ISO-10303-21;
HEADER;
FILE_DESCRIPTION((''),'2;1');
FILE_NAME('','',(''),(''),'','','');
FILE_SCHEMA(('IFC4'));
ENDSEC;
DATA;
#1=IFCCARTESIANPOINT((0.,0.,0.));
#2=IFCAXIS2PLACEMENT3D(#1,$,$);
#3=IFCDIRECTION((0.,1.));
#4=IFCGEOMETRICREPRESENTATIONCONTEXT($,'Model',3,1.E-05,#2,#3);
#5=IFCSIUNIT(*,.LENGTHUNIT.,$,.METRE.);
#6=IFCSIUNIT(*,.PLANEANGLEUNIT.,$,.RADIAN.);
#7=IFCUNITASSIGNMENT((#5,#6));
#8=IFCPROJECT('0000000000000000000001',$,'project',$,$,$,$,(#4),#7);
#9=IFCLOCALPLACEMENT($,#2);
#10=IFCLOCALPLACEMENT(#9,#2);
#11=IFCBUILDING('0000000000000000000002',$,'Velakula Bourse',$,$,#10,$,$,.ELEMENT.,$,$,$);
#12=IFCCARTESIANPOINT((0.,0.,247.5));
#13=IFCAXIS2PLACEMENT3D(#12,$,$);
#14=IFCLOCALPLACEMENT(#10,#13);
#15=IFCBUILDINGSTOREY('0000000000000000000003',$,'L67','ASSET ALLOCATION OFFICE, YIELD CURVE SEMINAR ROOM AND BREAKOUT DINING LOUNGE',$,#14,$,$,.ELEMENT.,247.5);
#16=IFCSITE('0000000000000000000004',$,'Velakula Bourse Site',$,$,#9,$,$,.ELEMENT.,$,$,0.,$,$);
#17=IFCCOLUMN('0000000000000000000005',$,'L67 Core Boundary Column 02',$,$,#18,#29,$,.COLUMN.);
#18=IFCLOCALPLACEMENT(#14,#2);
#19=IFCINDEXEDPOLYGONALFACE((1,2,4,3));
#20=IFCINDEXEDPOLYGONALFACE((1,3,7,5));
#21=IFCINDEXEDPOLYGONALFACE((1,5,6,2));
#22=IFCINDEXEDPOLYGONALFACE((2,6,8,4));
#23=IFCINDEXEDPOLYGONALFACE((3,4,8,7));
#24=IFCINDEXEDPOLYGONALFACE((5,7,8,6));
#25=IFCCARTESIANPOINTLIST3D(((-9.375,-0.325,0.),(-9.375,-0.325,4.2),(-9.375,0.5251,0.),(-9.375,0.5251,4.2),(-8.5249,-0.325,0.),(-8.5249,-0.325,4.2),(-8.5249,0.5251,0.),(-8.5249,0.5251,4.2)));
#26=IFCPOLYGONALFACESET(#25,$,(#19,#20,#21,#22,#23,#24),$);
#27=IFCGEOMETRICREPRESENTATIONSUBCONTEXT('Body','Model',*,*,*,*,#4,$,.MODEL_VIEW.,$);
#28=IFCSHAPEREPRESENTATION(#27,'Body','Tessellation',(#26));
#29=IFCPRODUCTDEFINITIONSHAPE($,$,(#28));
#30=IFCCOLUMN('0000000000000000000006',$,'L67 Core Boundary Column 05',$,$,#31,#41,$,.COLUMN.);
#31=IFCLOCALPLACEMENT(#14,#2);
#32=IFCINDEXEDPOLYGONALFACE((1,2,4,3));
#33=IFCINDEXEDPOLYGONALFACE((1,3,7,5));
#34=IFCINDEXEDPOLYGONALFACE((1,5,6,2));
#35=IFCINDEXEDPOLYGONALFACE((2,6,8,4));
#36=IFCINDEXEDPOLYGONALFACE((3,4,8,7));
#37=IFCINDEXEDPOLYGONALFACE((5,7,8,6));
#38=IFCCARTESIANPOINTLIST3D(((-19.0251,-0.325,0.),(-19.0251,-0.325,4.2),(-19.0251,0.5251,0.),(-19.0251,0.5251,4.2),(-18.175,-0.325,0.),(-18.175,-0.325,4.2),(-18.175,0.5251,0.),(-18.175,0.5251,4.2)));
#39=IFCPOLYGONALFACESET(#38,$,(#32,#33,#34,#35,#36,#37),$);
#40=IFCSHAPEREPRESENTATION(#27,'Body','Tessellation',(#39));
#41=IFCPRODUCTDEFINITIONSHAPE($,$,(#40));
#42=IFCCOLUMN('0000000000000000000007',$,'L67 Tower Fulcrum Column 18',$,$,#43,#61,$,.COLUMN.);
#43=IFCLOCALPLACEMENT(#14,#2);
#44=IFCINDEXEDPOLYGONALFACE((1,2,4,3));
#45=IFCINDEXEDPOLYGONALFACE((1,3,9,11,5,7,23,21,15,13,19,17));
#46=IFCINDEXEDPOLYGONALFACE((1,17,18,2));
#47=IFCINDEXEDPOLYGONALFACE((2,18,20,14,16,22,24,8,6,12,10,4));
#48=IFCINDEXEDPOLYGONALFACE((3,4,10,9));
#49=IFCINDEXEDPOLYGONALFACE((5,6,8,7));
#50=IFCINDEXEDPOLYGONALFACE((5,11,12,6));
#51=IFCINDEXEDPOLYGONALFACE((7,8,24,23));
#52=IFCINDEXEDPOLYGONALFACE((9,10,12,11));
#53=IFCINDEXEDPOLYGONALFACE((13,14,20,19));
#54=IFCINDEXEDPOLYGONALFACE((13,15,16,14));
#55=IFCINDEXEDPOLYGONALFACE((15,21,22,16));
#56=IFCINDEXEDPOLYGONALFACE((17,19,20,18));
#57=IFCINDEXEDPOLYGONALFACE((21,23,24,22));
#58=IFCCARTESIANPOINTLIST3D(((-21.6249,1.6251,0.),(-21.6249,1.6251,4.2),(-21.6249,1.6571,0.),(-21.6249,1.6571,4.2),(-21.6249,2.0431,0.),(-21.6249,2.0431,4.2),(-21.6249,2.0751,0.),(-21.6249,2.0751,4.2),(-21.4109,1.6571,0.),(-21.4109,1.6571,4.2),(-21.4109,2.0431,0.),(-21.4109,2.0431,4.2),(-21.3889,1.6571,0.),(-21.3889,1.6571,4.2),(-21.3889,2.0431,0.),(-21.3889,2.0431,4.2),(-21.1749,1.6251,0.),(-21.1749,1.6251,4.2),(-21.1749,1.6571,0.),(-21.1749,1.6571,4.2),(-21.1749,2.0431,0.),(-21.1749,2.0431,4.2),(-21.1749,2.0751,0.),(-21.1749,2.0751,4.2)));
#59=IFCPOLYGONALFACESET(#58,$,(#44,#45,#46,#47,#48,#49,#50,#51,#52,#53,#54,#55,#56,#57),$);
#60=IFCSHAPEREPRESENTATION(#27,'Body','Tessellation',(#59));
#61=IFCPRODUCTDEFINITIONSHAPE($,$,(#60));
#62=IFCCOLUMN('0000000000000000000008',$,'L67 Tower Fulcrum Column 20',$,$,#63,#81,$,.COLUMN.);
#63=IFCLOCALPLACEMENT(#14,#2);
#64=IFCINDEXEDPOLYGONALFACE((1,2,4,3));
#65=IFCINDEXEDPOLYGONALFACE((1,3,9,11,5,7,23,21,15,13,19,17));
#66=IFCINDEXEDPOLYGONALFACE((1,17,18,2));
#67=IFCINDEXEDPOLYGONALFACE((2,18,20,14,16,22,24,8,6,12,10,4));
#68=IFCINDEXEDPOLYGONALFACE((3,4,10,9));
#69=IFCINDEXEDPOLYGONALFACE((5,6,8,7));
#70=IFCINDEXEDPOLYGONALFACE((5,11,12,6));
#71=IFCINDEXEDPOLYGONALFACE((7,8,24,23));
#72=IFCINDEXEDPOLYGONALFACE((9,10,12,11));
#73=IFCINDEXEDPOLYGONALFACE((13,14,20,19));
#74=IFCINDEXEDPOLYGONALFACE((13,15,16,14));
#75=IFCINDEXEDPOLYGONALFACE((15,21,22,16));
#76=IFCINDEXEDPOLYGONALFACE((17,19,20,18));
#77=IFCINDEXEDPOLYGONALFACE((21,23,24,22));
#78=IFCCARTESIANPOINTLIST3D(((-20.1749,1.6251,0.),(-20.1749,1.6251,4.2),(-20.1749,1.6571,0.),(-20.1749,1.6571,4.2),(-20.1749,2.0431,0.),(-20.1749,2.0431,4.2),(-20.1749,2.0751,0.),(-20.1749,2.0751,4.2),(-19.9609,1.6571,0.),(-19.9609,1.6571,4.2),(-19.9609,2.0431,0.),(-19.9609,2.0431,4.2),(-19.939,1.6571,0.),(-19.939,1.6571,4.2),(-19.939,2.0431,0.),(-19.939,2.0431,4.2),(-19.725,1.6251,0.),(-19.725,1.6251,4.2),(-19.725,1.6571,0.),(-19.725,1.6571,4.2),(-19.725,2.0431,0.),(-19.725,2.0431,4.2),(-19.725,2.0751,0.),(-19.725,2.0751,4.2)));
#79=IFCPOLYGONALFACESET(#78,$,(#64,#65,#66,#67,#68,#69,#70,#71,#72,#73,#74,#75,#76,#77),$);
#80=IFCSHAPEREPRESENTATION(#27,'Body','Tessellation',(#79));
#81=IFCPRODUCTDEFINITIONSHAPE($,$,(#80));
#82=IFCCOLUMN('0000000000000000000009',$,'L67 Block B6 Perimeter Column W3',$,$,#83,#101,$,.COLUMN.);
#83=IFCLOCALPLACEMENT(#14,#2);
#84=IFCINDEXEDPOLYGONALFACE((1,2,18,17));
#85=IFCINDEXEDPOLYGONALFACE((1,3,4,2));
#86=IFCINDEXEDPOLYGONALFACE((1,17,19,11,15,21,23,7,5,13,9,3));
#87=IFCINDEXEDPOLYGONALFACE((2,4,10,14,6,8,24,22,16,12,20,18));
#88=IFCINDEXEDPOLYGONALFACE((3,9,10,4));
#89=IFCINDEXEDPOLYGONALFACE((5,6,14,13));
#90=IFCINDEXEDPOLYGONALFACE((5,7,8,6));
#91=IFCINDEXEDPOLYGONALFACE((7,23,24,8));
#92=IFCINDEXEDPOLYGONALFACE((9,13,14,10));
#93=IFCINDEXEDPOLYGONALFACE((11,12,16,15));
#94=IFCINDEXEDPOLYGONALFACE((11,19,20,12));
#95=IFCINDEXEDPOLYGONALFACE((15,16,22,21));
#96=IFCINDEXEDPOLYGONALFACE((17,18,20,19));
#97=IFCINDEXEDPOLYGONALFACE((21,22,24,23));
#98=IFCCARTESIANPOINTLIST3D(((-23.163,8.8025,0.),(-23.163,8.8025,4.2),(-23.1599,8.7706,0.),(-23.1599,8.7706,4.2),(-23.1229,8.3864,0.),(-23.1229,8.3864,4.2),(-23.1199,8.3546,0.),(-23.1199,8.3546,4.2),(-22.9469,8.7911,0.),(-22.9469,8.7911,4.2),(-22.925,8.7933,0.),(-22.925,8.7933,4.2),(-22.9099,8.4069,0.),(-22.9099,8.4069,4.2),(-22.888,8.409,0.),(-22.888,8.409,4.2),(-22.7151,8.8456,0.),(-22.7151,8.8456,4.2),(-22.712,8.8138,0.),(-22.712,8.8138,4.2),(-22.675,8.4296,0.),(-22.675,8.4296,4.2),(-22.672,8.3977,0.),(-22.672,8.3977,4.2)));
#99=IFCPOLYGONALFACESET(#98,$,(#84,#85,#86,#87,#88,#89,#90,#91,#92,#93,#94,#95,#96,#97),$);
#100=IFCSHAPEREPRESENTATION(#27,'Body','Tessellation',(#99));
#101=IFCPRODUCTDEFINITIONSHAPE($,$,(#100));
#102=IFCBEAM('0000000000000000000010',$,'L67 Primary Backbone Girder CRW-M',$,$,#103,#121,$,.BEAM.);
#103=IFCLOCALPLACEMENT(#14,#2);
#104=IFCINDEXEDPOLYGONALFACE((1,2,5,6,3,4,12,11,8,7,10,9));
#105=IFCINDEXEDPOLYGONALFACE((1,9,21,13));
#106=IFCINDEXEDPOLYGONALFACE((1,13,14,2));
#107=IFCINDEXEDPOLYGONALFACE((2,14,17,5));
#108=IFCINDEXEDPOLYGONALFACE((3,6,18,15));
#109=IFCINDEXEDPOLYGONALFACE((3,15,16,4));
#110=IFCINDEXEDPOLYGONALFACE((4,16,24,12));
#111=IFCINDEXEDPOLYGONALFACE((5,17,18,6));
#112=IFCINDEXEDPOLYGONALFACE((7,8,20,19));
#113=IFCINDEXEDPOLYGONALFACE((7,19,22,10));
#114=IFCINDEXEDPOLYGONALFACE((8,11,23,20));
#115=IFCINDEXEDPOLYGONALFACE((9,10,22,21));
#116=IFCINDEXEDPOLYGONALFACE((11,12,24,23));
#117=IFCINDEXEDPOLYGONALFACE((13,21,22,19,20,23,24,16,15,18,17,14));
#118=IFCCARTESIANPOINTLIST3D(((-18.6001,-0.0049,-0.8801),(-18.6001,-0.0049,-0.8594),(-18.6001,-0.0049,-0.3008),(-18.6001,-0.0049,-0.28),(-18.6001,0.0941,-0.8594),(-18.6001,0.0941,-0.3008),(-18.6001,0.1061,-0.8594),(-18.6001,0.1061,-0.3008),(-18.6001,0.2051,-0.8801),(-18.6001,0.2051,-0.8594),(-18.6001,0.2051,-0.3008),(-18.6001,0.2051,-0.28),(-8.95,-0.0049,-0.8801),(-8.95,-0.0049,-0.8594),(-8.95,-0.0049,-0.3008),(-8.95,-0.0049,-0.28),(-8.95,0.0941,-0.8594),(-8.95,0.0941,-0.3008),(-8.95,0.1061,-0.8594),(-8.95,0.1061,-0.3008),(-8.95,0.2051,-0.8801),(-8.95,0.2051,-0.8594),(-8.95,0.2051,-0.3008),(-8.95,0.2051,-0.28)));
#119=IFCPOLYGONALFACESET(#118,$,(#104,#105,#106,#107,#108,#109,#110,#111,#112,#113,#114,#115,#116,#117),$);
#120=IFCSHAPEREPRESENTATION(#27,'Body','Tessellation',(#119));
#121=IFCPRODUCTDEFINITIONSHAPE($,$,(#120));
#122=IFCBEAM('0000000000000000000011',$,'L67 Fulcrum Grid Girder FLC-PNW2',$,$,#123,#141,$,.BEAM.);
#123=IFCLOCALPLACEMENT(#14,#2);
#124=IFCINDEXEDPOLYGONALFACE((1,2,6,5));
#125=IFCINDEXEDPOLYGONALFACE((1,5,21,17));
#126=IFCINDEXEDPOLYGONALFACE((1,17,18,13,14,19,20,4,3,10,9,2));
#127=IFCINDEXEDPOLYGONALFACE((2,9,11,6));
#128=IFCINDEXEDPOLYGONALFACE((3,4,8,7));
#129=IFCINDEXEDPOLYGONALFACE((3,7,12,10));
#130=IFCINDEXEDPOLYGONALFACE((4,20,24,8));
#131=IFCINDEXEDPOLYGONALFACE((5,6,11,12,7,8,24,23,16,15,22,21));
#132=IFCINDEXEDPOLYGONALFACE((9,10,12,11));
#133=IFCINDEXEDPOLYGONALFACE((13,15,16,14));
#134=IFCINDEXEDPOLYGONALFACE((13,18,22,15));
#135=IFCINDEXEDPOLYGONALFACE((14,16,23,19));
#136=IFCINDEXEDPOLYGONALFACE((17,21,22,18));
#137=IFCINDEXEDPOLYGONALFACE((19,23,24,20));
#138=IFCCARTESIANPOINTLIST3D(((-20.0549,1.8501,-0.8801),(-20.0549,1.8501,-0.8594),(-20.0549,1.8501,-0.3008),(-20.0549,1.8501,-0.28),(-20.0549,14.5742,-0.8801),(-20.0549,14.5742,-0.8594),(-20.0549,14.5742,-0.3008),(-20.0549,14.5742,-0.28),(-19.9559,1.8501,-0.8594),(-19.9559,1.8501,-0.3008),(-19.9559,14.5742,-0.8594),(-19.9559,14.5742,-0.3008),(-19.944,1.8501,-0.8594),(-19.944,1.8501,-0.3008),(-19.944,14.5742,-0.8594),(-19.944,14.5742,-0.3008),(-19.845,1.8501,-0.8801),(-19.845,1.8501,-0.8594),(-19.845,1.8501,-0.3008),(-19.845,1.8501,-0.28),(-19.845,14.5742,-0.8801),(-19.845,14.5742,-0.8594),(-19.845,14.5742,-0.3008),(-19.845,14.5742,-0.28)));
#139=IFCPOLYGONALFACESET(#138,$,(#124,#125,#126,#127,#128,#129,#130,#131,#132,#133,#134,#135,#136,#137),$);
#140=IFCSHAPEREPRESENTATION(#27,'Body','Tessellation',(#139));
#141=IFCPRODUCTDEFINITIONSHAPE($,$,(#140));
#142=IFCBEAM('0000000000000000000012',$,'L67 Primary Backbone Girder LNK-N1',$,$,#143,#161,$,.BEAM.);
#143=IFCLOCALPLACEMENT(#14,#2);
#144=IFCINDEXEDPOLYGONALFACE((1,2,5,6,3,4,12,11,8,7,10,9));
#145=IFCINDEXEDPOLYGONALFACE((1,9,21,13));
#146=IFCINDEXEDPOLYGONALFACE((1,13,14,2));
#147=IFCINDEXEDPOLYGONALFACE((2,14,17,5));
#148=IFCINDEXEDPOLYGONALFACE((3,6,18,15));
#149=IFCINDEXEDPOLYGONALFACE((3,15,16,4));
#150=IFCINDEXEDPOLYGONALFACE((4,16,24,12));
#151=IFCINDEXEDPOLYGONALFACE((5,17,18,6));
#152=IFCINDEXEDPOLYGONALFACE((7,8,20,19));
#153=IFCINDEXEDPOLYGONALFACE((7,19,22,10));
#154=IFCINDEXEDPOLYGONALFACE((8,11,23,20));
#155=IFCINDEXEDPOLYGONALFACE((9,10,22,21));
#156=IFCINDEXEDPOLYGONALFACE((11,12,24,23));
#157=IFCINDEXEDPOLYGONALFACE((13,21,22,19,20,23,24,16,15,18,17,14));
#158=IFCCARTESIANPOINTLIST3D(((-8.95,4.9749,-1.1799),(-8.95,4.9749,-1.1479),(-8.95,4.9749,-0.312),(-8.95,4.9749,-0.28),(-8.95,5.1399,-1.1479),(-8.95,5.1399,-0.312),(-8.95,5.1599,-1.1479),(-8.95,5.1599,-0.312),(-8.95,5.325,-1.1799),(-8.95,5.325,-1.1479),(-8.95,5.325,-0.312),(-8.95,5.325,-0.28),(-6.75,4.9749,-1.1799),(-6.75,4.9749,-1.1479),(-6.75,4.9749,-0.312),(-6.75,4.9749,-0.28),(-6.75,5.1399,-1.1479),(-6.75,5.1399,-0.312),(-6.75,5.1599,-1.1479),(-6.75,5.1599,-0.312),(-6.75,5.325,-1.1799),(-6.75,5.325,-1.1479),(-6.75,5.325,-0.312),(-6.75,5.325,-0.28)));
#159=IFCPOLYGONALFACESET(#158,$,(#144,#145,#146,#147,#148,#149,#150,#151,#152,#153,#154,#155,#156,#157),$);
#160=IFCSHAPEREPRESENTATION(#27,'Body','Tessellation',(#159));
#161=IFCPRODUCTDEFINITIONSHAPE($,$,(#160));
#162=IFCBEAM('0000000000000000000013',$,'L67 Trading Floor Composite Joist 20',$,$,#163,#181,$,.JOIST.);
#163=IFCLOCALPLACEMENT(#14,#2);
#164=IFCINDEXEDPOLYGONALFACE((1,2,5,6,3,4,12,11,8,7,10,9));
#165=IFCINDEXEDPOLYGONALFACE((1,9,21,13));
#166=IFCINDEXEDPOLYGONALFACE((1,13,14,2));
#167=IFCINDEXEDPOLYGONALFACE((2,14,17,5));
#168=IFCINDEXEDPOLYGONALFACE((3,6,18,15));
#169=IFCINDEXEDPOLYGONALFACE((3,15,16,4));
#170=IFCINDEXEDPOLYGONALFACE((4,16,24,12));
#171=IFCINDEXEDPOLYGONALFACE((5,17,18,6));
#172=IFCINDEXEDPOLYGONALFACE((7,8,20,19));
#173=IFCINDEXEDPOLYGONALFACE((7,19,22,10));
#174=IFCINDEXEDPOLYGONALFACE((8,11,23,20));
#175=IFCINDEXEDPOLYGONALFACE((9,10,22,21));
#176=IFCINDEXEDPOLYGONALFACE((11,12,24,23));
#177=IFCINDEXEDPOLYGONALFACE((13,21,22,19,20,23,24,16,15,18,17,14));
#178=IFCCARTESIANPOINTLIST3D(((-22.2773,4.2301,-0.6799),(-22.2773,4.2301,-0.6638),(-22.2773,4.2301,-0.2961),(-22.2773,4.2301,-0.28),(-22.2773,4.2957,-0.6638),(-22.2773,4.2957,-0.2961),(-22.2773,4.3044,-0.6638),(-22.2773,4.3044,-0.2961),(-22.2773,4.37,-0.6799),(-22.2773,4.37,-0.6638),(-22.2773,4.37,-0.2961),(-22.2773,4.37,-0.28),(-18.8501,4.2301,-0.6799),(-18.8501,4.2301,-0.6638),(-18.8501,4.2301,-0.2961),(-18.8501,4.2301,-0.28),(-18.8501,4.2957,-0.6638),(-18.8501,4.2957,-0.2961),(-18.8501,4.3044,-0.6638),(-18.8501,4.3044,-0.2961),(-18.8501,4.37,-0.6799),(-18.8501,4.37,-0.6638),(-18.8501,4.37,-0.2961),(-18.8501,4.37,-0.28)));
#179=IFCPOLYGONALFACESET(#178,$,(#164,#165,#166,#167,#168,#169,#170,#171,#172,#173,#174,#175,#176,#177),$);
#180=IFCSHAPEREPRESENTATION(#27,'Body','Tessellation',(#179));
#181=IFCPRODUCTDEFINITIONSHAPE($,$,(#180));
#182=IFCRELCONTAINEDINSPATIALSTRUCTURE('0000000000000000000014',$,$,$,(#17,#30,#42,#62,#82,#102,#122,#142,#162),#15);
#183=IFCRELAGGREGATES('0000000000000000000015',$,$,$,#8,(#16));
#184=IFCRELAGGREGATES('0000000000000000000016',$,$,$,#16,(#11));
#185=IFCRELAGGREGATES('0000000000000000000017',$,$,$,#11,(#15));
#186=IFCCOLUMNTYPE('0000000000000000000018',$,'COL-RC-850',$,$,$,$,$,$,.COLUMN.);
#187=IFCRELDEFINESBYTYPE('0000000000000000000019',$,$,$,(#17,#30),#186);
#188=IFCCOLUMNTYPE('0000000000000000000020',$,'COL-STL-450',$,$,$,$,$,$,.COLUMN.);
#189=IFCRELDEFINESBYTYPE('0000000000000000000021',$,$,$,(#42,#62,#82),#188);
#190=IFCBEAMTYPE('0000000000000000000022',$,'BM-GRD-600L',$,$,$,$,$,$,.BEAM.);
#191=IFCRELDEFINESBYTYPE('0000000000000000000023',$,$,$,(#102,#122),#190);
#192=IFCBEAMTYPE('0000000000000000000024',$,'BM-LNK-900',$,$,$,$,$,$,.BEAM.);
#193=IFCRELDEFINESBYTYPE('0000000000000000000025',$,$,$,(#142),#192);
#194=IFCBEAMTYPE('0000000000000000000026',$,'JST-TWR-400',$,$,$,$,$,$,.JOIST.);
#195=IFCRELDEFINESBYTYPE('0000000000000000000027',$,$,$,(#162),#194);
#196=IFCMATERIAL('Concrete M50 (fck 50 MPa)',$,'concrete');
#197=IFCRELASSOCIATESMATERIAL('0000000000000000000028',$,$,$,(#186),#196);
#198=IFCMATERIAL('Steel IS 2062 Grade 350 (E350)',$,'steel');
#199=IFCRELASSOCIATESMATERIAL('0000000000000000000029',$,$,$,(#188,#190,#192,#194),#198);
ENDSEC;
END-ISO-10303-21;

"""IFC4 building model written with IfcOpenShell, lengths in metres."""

from ifc_helpers import new_model, si_unit, direction, frame, origin, origin_2d, place, context, subcontext, project, spatial, rectangle, i_section, extrude, material, material_profile, profile_set, type_object, element, save


model = new_model("IFC4")

# Units and contexts
model_context = context("Model", 3, precision=1e-05, world=origin(), true_north=direction((0.0, 1.0)))
body_context = subcontext(model_context, "Body", "Model", "MODEL_VIEW")
ifc_project = project(units=[si_unit("LENGTHUNIT", "METRE"), si_unit("PLANEANGLEUNIT", "RADIAN")], contexts=[model_context])

# Site, building, storey
site_placement = place(None, origin())
site = spatial("IfcSite", under=ifc_project, at=site_placement, Name="Velakula Bourse Site", CompositionType="ELEMENT", RefElevation=0.0)
building_placement = place(site_placement, origin())
building = spatial("IfcBuilding", under=site, at=building_placement, Name="Velakula Bourse", CompositionType="ELEMENT")
storey_placement = place(building_placement, frame((0.0, 0.0, 247.5)))
storey = spatial("IfcBuildingStorey", under=building, at=storey_placement, Name="L67", Description="ASSET ALLOCATION OFFICE, YIELD CURVE SEMINAR ROOM AND BREAKOUT DINING LOUNGE", CompositionType="ELEMENT", Elevation=247.5)

# Columns
ifc_material_1 = material(Name="Concrete M50 (fck 50 MPa)", Category="concrete")
ifc_material_profile_1 = material_profile(ifc_material_1, rectangle(XDim=0.8501, YDim=0.8501, at=origin_2d()), Name="Concrete M50 (fck 50 MPa)")
ifc_profile_set_1 = profile_set([ifc_material_profile_1], Name="Concrete M50 (fck 50 MPa)")
column_type_1 = type_object("IfcColumnType", Name="COL-RC-850", PredefinedType="COLUMN", material=ifc_profile_set_1)
for number, where, z_axis, x_axis, name in (
    (1, (-8.95, 0.1001, 0.0), (0.0, 0.0, 1.0), (1.0, 0.0, 0.0), "L67 Core Boundary Column 02"),
    (2, (-18.6001, 0.1001, 0.0), (0.0, 0.0, 1.0), (1.0, 0.0, 0.0), "L67 Core Boundary Column 05"),
):
    element("IfcColumn", number, at=place(storey_placement, frame(where, z_axis=z_axis, x_axis=x_axis)), inside=storey, type_object=column_type_1, Name=name, PredefinedType="COLUMN", context=body_context, shape_type="SweptSolid", body=[
        extrude(rectangle(XDim=0.8501, YDim=0.8501, at=origin_2d()), origin(), (0.0, 0.0, 1.0), 4.2),
    ])
ifc_material_2 = material(Name="Steel IS 2062 Grade 350 (E350)", Category="steel")
ifc_material_profile_2 = material_profile(ifc_material_2, i_section(OverallWidth=0.45, OverallDepth=0.45, WebThickness=0.022, FlangeThickness=0.032, at=origin_2d()), Name="Steel IS 2062 Grade 350 (E350)")
ifc_profile_set_2 = profile_set([ifc_material_profile_2], Name="Steel IS 2062 Grade 350 (E350)")
column_type_2 = type_object("IfcColumnType", Name="COL-STL-450", PredefinedType="COLUMN", material=ifc_profile_set_2)
for number, where, z_axis, x_axis, name in (
    (3, (-21.3999, 1.8501, 0.0), (0.0, 0.0, 1.0), (1.0, 0.0, 0.0), "L67 Tower Fulcrum Column 18"),
    (4, (-19.95, 1.8501, 0.0), (0.0, 0.0, 1.0), (1.0, 0.0, 0.0), "L67 Tower Fulcrum Column 20"),
    (5, (-22.9175, 8.6001, 0.0), (0.0, 0.0, 1.0), (0.995396, 0.095846, 0.0), "L67 Block B6 Perimeter Column W3"),
):
    element("IfcColumn", number, at=place(storey_placement, frame(where, z_axis=z_axis, x_axis=x_axis)), inside=storey, type_object=column_type_2, Name=name, PredefinedType="COLUMN", context=body_context, shape_type="SweptSolid", body=[
        extrude(i_section(OverallWidth=0.45, OverallDepth=0.45, WebThickness=0.022, FlangeThickness=0.032, at=origin_2d()), origin(), (0.0, 0.0, 1.0), 4.2),
    ])

# Beams
ifc_material_profile_3 = material_profile(ifc_material_2, i_section(OverallWidth=0.21, OverallDepth=0.6001, WebThickness=0.012, FlangeThickness=0.0208, at=origin_2d()), Name="Steel IS 2062 Grade 350 (E350)")
ifc_profile_set_3 = profile_set([ifc_material_profile_3], Name="Steel IS 2062 Grade 350 (E350)")
beam_type_1 = type_object("IfcBeamType", Name="BM-GRD-600L", PredefinedType="BEAM", material=ifc_profile_set_3)
beam_1_placement = place(storey_placement, frame((-18.6001, 0.1001, -0.5801), z_axis=(1.0, 0.0, 0.0), x_axis=(0.0, 1.0, 0.0)))
element("IfcBeam", 6, at=beam_1_placement, inside=storey, type_object=beam_type_1, Name="L67 Primary Backbone Girder CRW-M", PredefinedType="BEAM", context=body_context, shape_type="SweptSolid", body=[
    extrude(i_section(OverallWidth=0.21, OverallDepth=0.6001, WebThickness=0.012, FlangeThickness=0.0208, at=origin_2d()), origin(), (0.0, 0.0, 1.0), 9.6501),
])
beam_2_placement = place(storey_placement, frame((-19.95, 1.8501, -0.5801), z_axis=(0.0, 1.0, 0.0), x_axis=(-1.0, 0.0, 0.0)))
element("IfcBeam", 7, at=beam_2_placement, inside=storey, type_object=beam_type_1, Name="L67 Fulcrum Grid Girder FLC-PNW2", PredefinedType="BEAM", context=body_context, shape_type="SweptSolid", body=[
    extrude(i_section(OverallWidth=0.21, OverallDepth=0.6001, WebThickness=0.012, FlangeThickness=0.0208, at=origin_2d()), origin(), (0.0, 0.0, 1.0), 12.7241),
])
ifc_material_profile_4 = material_profile(ifc_material_2, i_section(OverallWidth=0.3501, OverallDepth=0.8999, WebThickness=0.02, FlangeThickness=0.032, at=origin_2d()), Name="Steel IS 2062 Grade 350 (E350)")
ifc_profile_set_4 = profile_set([ifc_material_profile_4], Name="Steel IS 2062 Grade 350 (E350)")
beam_type_2 = type_object("IfcBeamType", Name="BM-LNK-900", PredefinedType="BEAM", material=ifc_profile_set_4)
beam_3_placement = place(storey_placement, frame((-8.95, 5.1499, -0.73), z_axis=(1.0, 0.0, 0.0), x_axis=(0.0, 1.0, 0.0)))
element("IfcBeam", 8, at=beam_3_placement, inside=storey, type_object=beam_type_2, Name="L67 Primary Backbone Girder LNK-N1", PredefinedType="BEAM", context=body_context, shape_type="SweptSolid", body=[
    extrude(i_section(OverallWidth=0.3501, OverallDepth=0.8999, WebThickness=0.02, FlangeThickness=0.032, at=origin_2d()), origin(), (0.0, 0.0, 1.0), 2.2),
])
ifc_material_profile_5 = material_profile(ifc_material_2, i_section(OverallWidth=0.1399, OverallDepth=0.3999, WebThickness=0.0088, FlangeThickness=0.0161, at=origin_2d()), Name="Steel IS 2062 Grade 350 (E350)")
ifc_profile_set_5 = profile_set([ifc_material_profile_5], Name="Steel IS 2062 Grade 350 (E350)")
beam_type_3 = type_object("IfcBeamType", Name="JST-TWR-400", PredefinedType="JOIST", material=ifc_profile_set_5)
beam_4_placement = place(storey_placement, frame((-22.2773, 4.3, -0.48), z_axis=(1.0, 0.0, 0.0), x_axis=(0.0, 1.0, 0.0)))
element("IfcBeam", 9, at=beam_4_placement, inside=storey, type_object=beam_type_3, Name="L67 Trading Floor Composite Joist 20", PredefinedType="JOIST", context=body_context, shape_type="SweptSolid", body=[
    extrude(i_section(OverallWidth=0.1399, OverallDepth=0.3999, WebThickness=0.0088, FlangeThickness=0.0161, at=origin_2d()), origin(), (0.0, 0.0, 1.0), 3.4272),
])

save(model, "model.ifc")
